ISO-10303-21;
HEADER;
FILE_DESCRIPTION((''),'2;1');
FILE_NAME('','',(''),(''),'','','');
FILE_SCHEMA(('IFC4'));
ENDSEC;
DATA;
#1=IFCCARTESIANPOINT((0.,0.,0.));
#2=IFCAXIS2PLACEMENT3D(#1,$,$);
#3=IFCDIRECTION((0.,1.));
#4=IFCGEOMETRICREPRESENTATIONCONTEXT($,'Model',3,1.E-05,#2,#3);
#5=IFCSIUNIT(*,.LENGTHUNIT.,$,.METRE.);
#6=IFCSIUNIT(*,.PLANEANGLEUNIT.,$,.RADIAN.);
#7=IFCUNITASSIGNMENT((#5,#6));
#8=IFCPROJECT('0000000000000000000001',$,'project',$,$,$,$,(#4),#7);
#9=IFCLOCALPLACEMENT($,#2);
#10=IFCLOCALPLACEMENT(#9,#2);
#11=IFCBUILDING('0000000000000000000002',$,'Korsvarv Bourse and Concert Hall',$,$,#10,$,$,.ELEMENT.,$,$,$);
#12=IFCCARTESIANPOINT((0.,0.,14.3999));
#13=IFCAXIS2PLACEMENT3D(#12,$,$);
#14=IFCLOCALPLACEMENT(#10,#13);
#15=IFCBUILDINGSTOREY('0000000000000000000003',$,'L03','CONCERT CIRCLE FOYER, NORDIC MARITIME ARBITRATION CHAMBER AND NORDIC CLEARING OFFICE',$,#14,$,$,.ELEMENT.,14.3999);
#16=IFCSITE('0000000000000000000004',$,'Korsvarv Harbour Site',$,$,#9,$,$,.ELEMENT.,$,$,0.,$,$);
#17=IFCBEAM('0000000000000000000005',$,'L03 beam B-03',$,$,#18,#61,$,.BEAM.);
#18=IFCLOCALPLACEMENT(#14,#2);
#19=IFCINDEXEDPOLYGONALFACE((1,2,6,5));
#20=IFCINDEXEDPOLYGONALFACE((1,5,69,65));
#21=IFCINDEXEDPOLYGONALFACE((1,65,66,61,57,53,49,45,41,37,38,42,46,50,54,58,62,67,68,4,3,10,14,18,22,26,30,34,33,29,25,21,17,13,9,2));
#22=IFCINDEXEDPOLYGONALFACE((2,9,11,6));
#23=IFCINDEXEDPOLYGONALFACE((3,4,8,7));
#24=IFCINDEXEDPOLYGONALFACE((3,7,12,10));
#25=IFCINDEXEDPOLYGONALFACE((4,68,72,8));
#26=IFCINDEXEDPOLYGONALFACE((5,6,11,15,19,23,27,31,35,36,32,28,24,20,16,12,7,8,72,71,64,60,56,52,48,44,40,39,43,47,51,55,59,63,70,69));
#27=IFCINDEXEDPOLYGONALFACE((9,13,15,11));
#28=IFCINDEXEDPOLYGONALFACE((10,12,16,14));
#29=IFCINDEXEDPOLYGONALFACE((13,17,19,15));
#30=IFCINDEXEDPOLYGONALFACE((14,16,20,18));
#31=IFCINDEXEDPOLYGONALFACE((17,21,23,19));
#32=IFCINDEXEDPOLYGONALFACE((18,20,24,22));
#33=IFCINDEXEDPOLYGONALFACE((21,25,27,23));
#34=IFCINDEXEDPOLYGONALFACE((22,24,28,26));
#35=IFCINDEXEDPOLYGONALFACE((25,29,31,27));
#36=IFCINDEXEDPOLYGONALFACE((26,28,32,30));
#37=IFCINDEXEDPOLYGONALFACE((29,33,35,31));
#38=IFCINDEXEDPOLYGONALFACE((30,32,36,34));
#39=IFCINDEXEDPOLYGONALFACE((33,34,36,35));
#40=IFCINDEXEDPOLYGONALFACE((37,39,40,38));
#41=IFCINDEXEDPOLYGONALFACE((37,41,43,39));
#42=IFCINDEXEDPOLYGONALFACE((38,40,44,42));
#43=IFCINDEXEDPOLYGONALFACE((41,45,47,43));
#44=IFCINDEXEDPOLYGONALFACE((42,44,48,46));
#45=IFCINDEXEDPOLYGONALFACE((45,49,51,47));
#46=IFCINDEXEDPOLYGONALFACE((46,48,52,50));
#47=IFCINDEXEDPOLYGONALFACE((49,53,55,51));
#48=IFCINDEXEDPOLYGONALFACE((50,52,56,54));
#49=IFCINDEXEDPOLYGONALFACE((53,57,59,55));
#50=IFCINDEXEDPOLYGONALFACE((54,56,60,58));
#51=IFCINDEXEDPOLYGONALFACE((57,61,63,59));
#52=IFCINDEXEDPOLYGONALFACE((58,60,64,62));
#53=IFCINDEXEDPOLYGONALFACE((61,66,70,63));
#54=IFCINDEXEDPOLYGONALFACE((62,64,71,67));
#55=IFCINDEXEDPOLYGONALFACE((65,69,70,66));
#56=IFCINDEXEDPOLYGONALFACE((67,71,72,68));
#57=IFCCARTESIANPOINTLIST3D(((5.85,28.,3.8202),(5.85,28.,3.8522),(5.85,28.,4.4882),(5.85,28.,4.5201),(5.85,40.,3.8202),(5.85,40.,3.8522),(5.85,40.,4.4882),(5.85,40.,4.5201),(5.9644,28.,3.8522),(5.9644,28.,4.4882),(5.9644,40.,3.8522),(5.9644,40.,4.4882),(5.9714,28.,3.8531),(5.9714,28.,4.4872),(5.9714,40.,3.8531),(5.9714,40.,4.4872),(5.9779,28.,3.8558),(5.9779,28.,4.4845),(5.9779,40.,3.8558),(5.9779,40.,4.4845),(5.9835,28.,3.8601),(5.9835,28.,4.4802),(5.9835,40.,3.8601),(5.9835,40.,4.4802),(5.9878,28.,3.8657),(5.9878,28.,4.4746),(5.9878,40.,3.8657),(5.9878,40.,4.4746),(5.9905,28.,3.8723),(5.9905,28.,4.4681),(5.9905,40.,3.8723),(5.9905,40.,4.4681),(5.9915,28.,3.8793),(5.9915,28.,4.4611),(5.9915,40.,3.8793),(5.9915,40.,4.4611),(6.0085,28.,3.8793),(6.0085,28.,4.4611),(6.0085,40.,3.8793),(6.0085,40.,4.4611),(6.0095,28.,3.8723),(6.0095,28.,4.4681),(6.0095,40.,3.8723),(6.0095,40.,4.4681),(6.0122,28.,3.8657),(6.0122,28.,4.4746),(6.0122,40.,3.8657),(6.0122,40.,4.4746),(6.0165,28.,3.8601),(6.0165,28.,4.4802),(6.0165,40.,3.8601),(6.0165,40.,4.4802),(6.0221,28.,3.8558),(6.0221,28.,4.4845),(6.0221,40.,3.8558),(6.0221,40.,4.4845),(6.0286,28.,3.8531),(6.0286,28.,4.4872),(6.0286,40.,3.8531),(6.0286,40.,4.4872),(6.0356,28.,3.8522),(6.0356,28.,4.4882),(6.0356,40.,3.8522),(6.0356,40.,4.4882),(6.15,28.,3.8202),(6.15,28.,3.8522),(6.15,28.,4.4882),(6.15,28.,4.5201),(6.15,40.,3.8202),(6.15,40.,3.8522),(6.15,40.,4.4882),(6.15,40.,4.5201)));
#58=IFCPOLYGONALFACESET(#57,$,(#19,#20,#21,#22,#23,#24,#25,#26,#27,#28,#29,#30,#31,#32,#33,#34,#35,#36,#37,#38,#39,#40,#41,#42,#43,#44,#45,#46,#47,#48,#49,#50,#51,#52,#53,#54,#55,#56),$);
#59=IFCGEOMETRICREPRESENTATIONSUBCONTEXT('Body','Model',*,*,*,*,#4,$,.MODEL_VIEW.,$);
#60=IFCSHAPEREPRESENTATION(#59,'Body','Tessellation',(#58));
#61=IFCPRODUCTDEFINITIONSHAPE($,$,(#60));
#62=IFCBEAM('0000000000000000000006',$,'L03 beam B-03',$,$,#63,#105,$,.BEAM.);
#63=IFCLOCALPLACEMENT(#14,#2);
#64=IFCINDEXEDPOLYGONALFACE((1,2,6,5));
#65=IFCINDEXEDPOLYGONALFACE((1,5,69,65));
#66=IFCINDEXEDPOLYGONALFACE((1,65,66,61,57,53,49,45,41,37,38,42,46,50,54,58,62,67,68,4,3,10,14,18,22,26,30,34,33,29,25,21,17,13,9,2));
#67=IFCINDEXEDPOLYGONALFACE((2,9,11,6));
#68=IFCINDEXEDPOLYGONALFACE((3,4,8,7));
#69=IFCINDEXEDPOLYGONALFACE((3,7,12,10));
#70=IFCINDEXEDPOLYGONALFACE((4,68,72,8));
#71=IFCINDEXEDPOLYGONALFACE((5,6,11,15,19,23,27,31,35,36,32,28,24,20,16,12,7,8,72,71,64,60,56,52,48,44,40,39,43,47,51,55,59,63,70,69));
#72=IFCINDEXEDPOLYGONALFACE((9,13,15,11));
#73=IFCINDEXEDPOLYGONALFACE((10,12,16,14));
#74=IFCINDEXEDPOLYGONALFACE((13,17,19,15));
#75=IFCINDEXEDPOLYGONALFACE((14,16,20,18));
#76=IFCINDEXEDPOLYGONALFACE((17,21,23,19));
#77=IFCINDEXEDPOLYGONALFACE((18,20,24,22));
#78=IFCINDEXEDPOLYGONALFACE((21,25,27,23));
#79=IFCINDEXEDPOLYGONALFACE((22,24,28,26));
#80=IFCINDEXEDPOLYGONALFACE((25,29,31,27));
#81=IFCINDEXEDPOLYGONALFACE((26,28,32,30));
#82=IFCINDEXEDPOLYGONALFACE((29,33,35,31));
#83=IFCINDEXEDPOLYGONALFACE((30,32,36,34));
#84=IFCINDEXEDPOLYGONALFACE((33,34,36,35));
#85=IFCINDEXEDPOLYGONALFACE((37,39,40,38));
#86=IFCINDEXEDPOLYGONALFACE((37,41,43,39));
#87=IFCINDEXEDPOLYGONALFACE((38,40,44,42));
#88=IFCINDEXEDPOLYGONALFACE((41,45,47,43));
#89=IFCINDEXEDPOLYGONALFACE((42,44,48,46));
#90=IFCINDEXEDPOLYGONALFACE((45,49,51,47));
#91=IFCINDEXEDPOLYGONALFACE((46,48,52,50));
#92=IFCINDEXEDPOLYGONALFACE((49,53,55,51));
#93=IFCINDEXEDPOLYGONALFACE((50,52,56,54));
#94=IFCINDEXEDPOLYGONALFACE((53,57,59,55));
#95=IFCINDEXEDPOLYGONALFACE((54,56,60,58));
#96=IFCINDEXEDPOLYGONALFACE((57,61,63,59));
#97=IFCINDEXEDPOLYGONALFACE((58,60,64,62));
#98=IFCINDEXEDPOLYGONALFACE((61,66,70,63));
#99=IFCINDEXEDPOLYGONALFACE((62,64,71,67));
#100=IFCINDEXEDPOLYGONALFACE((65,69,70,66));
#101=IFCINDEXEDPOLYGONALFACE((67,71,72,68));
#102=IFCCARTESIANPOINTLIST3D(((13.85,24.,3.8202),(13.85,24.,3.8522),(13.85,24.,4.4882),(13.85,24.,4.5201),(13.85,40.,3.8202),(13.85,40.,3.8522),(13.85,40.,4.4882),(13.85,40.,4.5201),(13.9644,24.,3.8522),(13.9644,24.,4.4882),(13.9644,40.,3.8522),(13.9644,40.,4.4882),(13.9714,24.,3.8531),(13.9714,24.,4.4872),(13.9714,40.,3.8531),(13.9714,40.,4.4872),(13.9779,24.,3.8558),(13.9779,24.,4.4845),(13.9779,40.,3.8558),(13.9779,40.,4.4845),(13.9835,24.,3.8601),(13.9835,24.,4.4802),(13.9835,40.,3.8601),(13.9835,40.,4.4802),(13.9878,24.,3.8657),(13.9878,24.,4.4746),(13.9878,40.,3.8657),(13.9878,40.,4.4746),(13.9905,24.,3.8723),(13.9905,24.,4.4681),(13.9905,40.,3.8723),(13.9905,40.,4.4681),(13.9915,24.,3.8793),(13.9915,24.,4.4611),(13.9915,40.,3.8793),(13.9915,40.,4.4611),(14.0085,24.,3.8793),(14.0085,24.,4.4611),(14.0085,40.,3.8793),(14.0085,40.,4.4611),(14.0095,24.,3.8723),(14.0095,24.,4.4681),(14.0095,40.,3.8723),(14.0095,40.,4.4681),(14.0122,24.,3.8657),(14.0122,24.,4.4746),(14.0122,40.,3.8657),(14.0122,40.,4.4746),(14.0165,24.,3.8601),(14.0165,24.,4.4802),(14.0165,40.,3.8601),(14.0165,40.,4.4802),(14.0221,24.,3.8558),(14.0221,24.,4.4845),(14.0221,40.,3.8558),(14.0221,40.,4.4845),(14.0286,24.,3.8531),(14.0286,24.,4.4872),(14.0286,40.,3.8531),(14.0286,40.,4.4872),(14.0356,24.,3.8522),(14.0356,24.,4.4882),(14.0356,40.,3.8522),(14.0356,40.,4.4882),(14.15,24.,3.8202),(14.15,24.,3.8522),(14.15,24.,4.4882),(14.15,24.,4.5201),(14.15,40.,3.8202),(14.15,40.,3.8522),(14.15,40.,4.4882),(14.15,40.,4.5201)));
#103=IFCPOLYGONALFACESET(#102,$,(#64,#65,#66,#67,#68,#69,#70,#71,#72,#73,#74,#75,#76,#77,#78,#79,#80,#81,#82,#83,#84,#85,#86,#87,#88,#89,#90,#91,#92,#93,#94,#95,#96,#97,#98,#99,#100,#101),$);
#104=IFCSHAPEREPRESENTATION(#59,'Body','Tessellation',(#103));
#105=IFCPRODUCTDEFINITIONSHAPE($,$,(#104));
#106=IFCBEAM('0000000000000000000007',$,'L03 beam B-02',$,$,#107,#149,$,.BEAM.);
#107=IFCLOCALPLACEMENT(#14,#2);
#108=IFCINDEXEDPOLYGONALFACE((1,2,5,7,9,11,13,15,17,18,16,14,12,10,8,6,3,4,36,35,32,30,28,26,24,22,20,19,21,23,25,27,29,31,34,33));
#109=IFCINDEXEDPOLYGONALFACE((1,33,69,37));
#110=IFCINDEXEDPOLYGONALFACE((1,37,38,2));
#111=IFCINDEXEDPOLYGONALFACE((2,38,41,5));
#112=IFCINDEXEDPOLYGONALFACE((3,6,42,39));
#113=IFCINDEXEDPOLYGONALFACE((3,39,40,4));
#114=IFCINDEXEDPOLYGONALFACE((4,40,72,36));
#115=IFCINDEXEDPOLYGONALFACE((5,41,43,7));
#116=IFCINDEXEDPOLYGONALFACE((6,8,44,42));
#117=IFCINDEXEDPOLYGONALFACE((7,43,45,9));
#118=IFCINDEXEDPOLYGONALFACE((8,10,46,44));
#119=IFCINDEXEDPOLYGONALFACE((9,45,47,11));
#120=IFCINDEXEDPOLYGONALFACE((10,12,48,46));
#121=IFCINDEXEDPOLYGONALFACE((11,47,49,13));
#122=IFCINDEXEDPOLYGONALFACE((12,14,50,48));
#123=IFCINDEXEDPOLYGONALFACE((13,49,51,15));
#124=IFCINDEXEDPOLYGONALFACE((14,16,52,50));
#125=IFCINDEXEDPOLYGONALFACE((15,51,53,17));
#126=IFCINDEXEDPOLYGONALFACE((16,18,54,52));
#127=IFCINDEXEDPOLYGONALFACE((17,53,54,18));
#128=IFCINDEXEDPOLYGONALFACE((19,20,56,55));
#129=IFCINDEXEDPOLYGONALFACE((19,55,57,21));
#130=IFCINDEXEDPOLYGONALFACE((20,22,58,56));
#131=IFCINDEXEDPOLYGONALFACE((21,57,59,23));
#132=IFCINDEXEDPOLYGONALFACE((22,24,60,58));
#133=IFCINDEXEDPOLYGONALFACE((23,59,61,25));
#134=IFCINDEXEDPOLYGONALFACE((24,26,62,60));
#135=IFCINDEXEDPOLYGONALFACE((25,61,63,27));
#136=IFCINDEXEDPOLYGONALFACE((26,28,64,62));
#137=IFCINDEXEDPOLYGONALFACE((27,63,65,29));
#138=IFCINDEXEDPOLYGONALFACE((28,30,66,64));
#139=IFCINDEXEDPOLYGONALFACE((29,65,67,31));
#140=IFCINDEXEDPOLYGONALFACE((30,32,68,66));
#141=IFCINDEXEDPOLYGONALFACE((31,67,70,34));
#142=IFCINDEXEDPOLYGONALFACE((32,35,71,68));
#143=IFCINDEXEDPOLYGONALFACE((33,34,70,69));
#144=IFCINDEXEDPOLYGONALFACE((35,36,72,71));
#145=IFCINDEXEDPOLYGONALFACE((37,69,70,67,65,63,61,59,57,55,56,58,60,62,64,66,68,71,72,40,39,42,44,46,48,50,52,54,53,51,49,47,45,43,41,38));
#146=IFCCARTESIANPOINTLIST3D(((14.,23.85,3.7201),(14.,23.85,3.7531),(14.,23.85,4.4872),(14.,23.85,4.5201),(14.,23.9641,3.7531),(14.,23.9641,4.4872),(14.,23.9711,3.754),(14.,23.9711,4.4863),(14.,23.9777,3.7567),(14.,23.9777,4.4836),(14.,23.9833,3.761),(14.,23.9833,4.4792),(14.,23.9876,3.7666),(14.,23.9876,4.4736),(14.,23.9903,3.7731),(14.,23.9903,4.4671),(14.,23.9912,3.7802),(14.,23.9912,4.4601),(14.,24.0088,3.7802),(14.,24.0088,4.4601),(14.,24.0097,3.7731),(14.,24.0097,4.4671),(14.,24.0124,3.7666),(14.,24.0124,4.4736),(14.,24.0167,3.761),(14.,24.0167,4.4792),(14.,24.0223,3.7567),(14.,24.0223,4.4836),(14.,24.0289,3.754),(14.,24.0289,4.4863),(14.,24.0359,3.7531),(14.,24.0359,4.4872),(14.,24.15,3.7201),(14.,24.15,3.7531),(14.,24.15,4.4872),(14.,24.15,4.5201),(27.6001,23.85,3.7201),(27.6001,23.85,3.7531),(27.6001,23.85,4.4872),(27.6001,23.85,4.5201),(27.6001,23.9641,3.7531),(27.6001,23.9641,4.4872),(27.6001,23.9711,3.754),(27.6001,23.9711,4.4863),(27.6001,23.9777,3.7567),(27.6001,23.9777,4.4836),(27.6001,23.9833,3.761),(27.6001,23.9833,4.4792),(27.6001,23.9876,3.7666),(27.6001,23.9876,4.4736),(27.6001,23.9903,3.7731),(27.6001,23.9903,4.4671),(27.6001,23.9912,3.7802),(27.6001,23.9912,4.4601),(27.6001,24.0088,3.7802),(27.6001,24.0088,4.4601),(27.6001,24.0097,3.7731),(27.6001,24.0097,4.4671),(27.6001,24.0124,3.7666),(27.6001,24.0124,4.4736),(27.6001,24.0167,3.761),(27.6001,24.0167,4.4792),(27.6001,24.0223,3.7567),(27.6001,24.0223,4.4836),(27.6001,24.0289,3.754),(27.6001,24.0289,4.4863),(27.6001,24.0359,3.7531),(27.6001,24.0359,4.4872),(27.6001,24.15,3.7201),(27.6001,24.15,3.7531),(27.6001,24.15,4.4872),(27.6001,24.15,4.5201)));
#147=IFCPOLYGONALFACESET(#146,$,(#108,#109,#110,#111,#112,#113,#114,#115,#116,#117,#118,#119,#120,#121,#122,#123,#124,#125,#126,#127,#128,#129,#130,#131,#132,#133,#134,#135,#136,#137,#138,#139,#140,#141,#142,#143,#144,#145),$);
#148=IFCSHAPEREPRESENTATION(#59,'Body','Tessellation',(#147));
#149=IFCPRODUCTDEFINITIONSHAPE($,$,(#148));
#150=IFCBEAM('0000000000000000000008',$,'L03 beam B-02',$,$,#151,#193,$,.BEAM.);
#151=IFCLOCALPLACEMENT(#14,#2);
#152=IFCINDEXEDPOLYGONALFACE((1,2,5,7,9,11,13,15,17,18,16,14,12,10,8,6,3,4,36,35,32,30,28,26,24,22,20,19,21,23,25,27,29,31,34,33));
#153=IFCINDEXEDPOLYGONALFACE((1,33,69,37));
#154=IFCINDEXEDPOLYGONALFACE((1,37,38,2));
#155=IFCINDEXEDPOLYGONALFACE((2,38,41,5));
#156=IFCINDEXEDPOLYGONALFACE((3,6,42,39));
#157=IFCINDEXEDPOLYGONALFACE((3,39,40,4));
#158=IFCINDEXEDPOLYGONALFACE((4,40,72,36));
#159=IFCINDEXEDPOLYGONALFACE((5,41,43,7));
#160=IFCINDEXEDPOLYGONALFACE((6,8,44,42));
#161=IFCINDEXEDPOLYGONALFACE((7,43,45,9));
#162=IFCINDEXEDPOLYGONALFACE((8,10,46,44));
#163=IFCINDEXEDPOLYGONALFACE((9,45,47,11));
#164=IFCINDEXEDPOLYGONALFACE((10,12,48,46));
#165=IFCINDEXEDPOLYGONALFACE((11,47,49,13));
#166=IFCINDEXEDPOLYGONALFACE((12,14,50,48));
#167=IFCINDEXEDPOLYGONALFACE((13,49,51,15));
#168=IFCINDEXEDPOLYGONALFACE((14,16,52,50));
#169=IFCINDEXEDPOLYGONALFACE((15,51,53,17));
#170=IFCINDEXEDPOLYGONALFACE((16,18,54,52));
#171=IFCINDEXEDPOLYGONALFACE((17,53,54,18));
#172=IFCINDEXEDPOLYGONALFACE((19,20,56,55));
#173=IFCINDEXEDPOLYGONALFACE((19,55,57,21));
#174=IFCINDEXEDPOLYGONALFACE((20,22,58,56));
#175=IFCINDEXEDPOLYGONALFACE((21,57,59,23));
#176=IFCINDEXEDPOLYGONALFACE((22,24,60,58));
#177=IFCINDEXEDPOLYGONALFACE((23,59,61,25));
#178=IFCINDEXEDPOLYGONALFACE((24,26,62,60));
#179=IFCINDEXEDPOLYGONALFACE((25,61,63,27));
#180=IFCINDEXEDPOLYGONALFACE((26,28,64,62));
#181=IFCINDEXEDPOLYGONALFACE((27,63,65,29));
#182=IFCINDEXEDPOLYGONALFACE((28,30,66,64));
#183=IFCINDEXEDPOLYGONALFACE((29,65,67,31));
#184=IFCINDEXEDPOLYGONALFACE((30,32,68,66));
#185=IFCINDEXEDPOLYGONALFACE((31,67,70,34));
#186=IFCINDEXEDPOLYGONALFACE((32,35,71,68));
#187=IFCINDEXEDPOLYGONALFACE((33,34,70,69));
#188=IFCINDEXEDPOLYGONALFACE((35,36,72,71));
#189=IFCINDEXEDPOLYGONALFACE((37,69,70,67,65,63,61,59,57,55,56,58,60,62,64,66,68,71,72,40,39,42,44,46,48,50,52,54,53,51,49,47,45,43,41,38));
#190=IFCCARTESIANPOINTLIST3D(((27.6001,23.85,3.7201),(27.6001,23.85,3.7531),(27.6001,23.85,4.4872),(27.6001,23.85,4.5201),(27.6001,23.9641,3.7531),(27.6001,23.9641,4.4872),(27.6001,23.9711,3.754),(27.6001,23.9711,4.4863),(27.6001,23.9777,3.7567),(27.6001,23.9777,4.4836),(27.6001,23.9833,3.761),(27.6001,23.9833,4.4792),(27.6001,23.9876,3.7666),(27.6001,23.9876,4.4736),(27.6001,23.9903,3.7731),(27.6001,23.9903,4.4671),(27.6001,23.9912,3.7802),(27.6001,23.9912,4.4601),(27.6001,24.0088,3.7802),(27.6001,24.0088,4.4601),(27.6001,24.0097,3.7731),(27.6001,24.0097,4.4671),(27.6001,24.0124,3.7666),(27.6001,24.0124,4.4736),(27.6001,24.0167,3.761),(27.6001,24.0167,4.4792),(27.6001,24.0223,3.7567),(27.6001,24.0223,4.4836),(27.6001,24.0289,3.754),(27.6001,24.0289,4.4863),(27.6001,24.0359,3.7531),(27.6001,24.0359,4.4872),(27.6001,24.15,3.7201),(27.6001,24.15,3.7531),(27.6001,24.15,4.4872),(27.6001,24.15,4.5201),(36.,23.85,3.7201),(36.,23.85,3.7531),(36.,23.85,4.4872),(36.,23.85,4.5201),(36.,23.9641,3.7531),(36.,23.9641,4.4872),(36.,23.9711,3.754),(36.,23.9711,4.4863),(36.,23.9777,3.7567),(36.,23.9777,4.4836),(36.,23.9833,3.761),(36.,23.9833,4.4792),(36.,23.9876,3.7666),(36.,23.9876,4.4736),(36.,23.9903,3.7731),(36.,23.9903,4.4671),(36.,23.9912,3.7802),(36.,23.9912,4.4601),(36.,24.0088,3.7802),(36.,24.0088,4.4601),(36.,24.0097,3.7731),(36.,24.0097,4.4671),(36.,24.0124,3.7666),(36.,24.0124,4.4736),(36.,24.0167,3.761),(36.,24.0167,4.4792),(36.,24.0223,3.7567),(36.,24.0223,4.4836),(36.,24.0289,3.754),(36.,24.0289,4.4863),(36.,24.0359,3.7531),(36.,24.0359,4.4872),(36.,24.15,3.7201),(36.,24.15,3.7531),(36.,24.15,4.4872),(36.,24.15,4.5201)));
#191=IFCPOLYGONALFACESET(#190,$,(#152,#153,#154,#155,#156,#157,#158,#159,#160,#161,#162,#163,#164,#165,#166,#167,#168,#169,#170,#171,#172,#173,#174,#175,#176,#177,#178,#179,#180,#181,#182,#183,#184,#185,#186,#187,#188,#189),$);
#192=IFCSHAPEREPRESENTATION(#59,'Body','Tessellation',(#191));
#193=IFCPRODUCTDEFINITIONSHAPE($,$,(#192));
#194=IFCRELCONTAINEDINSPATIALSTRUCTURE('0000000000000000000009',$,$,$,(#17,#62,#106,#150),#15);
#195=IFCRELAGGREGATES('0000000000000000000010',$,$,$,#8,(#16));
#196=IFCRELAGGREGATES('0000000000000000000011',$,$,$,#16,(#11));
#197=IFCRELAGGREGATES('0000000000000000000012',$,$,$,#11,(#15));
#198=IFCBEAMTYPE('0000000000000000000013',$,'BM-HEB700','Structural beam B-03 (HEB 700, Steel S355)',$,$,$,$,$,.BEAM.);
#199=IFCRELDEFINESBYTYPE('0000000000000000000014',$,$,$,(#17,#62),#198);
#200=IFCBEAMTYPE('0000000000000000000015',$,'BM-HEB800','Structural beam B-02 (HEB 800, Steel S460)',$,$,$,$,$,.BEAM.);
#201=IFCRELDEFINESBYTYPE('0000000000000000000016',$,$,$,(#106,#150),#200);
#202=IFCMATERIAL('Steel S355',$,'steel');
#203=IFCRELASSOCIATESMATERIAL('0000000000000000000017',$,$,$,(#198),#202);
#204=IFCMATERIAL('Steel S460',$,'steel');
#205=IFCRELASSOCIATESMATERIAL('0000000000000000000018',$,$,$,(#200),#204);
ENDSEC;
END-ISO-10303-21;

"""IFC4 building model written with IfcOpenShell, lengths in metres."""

from ifc_helpers import new_model, si_unit, direction, frame, origin, origin_2d, place, context, subcontext, project, spatial, i_section, extrude, source, transform, mapped, material, material_profile, profile_set, type_object, element, save


model = new_model("IFC4")

# Units and contexts
model_context = context("Model", 3, precision=1e-05, world=origin(), true_north=direction((0.0, 1.0)))
body_context = subcontext(model_context, "Body", "Model", "MODEL_VIEW")
ifc_project = project(units=[si_unit("LENGTHUNIT", "METRE"), si_unit("PLANEANGLEUNIT", "RADIAN")], contexts=[model_context])

# Site, building, storey
site_placement = place(None, origin())
site = spatial("IfcSite", under=ifc_project, at=site_placement, Name="Korsvarv Harbour Site", CompositionType="ELEMENT", RefElevation=0.0)
building_placement = place(site_placement, origin())
building = spatial("IfcBuilding", under=site, at=building_placement, Name="Korsvarv Bourse and Concert Hall", CompositionType="ELEMENT")
storey_placement = place(building_placement, frame((0.0, 0.0, 14.3999)))
storey = spatial("IfcBuildingStorey", under=building, at=storey_placement, Name="L03", Description="CONCERT CIRCLE FOYER, NORDIC MARITIME ARBITRATION CHAMBER AND NORDIC CLEARING OFFICE", CompositionType="ELEMENT", Elevation=14.3999)

# Shared definitions
ifc_material_1 = material(Name="Steel S460", Category="steel")

# Beams
ifc_material_2 = material(Name="Steel S355", Category="steel")
ifc_material_profile_1 = material_profile(ifc_material_2, i_section(OverallWidth=0.3, OverallDepth=0.7, WebThickness=0.0171, FlangeThickness=0.032, FilletRadius=0.0271, at=origin_2d()), Name="HEB 700")
ifc_profile_set_1 = profile_set([ifc_material_profile_1], Name="Steel S355")
beam_type_1 = type_object("IfcBeamType", Name="BM-HEB700", Description="Structural beam B-03 (HEB 700, Steel S355)", PredefinedType="BEAM", material=ifc_profile_set_1)
shared_shape_1 = source(origin(), body_context, "Body", "SweptSolid", [
    extrude(i_section(OverallWidth=0.3, OverallDepth=0.7, WebThickness=0.0171, FlangeThickness=0.032, FilletRadius=0.0271, at=origin_2d()), origin(), (0.0, 0.0, 1.0), 12.0),
])
for number, where, z_axis, x_axis, name in (
    (1, (6.0, 28.0, 4.1702), (0.0, 1.0, 0.0), (-1.0, 0.0, 0.0), "L03 beam B-03"),
):
    element("IfcBeam", number, at=place(storey_placement, frame(where, z_axis=z_axis, x_axis=x_axis)), inside=storey, type_object=beam_type_1, Name=name, PredefinedType="BEAM", context=body_context, shape_type="MappedRepresentation", body=[
        mapped(shared_shape_1, transform((0.0, 0.0, 0.0), scale=1.0)),
    ])
shared_shape_2 = source(origin(), body_context, "Body", "SweptSolid", [
    extrude(i_section(OverallWidth=0.3, OverallDepth=0.7, WebThickness=0.0171, FlangeThickness=0.032, FilletRadius=0.0271, at=origin_2d()), origin(), (0.0, 0.0, 1.0), 16.0),
])
beam_1_placement = place(storey_placement, frame((14.0, 24.0, 4.1702), z_axis=(0.0, 1.0, 0.0), x_axis=(-1.0, 0.0, 0.0)))
element("IfcBeam", 2, at=beam_1_placement, inside=storey, type_object=beam_type_1, Name="L03 beam B-03", PredefinedType="BEAM", context=body_context, shape_type="MappedRepresentation", body=[
    mapped(shared_shape_2, transform((0.0, 0.0, 0.0), scale=1.0)),
])
ifc_material_profile_2 = material_profile(ifc_material_1, i_section(OverallWidth=0.3, OverallDepth=0.8, WebThickness=0.0176, FlangeThickness=0.033, FilletRadius=0.0271, at=origin_2d()), Name="HEB 800")
ifc_profile_set_2 = profile_set([ifc_material_profile_2], Name="Steel S460")
beam_type_2 = type_object("IfcBeamType", Name="BM-HEB800", Description="Structural beam B-02 (HEB 800, Steel S460)", PredefinedType="BEAM", material=ifc_profile_set_2)
shared_shape_3 = source(origin(), body_context, "Body", "SweptSolid", [
    extrude(i_section(OverallWidth=0.3, OverallDepth=0.8, WebThickness=0.0176, FlangeThickness=0.033, FilletRadius=0.0271, at=origin_2d()), origin(), (0.0, 0.0, 1.0), 13.6001),
])
beam_2_placement = place(storey_placement, frame((14.0, 24.0, 4.1201), z_axis=(1.0, 0.0, 0.0), x_axis=(0.0, 1.0, 0.0)))
element("IfcBeam", 3, at=beam_2_placement, inside=storey, type_object=beam_type_2, Name="L03 beam B-02", PredefinedType="BEAM", context=body_context, shape_type="MappedRepresentation", body=[
    mapped(shared_shape_3, transform((0.0, 0.0, 0.0), scale=1.0)),
])
shared_shape_4 = source(origin(), body_context, "Body", "SweptSolid", [
    extrude(i_section(OverallWidth=0.3, OverallDepth=0.8, WebThickness=0.0176, FlangeThickness=0.033, FilletRadius=0.0271, at=origin_2d()), origin(), (0.0, 0.0, 1.0), 8.3999),
])
beam_3_placement = place(storey_placement, frame((27.6001, 24.0, 4.1201), z_axis=(1.0, 0.0, 0.0), x_axis=(0.0, 1.0, 0.0)))
element("IfcBeam", 4, at=beam_3_placement, inside=storey, type_object=beam_type_2, Name="L03 beam B-02", PredefinedType="BEAM", context=body_context, shape_type="MappedRepresentation", body=[
    mapped(shared_shape_4, transform((0.0, 0.0, 0.0), scale=1.0)),
])

save(model, "model.ifc")
